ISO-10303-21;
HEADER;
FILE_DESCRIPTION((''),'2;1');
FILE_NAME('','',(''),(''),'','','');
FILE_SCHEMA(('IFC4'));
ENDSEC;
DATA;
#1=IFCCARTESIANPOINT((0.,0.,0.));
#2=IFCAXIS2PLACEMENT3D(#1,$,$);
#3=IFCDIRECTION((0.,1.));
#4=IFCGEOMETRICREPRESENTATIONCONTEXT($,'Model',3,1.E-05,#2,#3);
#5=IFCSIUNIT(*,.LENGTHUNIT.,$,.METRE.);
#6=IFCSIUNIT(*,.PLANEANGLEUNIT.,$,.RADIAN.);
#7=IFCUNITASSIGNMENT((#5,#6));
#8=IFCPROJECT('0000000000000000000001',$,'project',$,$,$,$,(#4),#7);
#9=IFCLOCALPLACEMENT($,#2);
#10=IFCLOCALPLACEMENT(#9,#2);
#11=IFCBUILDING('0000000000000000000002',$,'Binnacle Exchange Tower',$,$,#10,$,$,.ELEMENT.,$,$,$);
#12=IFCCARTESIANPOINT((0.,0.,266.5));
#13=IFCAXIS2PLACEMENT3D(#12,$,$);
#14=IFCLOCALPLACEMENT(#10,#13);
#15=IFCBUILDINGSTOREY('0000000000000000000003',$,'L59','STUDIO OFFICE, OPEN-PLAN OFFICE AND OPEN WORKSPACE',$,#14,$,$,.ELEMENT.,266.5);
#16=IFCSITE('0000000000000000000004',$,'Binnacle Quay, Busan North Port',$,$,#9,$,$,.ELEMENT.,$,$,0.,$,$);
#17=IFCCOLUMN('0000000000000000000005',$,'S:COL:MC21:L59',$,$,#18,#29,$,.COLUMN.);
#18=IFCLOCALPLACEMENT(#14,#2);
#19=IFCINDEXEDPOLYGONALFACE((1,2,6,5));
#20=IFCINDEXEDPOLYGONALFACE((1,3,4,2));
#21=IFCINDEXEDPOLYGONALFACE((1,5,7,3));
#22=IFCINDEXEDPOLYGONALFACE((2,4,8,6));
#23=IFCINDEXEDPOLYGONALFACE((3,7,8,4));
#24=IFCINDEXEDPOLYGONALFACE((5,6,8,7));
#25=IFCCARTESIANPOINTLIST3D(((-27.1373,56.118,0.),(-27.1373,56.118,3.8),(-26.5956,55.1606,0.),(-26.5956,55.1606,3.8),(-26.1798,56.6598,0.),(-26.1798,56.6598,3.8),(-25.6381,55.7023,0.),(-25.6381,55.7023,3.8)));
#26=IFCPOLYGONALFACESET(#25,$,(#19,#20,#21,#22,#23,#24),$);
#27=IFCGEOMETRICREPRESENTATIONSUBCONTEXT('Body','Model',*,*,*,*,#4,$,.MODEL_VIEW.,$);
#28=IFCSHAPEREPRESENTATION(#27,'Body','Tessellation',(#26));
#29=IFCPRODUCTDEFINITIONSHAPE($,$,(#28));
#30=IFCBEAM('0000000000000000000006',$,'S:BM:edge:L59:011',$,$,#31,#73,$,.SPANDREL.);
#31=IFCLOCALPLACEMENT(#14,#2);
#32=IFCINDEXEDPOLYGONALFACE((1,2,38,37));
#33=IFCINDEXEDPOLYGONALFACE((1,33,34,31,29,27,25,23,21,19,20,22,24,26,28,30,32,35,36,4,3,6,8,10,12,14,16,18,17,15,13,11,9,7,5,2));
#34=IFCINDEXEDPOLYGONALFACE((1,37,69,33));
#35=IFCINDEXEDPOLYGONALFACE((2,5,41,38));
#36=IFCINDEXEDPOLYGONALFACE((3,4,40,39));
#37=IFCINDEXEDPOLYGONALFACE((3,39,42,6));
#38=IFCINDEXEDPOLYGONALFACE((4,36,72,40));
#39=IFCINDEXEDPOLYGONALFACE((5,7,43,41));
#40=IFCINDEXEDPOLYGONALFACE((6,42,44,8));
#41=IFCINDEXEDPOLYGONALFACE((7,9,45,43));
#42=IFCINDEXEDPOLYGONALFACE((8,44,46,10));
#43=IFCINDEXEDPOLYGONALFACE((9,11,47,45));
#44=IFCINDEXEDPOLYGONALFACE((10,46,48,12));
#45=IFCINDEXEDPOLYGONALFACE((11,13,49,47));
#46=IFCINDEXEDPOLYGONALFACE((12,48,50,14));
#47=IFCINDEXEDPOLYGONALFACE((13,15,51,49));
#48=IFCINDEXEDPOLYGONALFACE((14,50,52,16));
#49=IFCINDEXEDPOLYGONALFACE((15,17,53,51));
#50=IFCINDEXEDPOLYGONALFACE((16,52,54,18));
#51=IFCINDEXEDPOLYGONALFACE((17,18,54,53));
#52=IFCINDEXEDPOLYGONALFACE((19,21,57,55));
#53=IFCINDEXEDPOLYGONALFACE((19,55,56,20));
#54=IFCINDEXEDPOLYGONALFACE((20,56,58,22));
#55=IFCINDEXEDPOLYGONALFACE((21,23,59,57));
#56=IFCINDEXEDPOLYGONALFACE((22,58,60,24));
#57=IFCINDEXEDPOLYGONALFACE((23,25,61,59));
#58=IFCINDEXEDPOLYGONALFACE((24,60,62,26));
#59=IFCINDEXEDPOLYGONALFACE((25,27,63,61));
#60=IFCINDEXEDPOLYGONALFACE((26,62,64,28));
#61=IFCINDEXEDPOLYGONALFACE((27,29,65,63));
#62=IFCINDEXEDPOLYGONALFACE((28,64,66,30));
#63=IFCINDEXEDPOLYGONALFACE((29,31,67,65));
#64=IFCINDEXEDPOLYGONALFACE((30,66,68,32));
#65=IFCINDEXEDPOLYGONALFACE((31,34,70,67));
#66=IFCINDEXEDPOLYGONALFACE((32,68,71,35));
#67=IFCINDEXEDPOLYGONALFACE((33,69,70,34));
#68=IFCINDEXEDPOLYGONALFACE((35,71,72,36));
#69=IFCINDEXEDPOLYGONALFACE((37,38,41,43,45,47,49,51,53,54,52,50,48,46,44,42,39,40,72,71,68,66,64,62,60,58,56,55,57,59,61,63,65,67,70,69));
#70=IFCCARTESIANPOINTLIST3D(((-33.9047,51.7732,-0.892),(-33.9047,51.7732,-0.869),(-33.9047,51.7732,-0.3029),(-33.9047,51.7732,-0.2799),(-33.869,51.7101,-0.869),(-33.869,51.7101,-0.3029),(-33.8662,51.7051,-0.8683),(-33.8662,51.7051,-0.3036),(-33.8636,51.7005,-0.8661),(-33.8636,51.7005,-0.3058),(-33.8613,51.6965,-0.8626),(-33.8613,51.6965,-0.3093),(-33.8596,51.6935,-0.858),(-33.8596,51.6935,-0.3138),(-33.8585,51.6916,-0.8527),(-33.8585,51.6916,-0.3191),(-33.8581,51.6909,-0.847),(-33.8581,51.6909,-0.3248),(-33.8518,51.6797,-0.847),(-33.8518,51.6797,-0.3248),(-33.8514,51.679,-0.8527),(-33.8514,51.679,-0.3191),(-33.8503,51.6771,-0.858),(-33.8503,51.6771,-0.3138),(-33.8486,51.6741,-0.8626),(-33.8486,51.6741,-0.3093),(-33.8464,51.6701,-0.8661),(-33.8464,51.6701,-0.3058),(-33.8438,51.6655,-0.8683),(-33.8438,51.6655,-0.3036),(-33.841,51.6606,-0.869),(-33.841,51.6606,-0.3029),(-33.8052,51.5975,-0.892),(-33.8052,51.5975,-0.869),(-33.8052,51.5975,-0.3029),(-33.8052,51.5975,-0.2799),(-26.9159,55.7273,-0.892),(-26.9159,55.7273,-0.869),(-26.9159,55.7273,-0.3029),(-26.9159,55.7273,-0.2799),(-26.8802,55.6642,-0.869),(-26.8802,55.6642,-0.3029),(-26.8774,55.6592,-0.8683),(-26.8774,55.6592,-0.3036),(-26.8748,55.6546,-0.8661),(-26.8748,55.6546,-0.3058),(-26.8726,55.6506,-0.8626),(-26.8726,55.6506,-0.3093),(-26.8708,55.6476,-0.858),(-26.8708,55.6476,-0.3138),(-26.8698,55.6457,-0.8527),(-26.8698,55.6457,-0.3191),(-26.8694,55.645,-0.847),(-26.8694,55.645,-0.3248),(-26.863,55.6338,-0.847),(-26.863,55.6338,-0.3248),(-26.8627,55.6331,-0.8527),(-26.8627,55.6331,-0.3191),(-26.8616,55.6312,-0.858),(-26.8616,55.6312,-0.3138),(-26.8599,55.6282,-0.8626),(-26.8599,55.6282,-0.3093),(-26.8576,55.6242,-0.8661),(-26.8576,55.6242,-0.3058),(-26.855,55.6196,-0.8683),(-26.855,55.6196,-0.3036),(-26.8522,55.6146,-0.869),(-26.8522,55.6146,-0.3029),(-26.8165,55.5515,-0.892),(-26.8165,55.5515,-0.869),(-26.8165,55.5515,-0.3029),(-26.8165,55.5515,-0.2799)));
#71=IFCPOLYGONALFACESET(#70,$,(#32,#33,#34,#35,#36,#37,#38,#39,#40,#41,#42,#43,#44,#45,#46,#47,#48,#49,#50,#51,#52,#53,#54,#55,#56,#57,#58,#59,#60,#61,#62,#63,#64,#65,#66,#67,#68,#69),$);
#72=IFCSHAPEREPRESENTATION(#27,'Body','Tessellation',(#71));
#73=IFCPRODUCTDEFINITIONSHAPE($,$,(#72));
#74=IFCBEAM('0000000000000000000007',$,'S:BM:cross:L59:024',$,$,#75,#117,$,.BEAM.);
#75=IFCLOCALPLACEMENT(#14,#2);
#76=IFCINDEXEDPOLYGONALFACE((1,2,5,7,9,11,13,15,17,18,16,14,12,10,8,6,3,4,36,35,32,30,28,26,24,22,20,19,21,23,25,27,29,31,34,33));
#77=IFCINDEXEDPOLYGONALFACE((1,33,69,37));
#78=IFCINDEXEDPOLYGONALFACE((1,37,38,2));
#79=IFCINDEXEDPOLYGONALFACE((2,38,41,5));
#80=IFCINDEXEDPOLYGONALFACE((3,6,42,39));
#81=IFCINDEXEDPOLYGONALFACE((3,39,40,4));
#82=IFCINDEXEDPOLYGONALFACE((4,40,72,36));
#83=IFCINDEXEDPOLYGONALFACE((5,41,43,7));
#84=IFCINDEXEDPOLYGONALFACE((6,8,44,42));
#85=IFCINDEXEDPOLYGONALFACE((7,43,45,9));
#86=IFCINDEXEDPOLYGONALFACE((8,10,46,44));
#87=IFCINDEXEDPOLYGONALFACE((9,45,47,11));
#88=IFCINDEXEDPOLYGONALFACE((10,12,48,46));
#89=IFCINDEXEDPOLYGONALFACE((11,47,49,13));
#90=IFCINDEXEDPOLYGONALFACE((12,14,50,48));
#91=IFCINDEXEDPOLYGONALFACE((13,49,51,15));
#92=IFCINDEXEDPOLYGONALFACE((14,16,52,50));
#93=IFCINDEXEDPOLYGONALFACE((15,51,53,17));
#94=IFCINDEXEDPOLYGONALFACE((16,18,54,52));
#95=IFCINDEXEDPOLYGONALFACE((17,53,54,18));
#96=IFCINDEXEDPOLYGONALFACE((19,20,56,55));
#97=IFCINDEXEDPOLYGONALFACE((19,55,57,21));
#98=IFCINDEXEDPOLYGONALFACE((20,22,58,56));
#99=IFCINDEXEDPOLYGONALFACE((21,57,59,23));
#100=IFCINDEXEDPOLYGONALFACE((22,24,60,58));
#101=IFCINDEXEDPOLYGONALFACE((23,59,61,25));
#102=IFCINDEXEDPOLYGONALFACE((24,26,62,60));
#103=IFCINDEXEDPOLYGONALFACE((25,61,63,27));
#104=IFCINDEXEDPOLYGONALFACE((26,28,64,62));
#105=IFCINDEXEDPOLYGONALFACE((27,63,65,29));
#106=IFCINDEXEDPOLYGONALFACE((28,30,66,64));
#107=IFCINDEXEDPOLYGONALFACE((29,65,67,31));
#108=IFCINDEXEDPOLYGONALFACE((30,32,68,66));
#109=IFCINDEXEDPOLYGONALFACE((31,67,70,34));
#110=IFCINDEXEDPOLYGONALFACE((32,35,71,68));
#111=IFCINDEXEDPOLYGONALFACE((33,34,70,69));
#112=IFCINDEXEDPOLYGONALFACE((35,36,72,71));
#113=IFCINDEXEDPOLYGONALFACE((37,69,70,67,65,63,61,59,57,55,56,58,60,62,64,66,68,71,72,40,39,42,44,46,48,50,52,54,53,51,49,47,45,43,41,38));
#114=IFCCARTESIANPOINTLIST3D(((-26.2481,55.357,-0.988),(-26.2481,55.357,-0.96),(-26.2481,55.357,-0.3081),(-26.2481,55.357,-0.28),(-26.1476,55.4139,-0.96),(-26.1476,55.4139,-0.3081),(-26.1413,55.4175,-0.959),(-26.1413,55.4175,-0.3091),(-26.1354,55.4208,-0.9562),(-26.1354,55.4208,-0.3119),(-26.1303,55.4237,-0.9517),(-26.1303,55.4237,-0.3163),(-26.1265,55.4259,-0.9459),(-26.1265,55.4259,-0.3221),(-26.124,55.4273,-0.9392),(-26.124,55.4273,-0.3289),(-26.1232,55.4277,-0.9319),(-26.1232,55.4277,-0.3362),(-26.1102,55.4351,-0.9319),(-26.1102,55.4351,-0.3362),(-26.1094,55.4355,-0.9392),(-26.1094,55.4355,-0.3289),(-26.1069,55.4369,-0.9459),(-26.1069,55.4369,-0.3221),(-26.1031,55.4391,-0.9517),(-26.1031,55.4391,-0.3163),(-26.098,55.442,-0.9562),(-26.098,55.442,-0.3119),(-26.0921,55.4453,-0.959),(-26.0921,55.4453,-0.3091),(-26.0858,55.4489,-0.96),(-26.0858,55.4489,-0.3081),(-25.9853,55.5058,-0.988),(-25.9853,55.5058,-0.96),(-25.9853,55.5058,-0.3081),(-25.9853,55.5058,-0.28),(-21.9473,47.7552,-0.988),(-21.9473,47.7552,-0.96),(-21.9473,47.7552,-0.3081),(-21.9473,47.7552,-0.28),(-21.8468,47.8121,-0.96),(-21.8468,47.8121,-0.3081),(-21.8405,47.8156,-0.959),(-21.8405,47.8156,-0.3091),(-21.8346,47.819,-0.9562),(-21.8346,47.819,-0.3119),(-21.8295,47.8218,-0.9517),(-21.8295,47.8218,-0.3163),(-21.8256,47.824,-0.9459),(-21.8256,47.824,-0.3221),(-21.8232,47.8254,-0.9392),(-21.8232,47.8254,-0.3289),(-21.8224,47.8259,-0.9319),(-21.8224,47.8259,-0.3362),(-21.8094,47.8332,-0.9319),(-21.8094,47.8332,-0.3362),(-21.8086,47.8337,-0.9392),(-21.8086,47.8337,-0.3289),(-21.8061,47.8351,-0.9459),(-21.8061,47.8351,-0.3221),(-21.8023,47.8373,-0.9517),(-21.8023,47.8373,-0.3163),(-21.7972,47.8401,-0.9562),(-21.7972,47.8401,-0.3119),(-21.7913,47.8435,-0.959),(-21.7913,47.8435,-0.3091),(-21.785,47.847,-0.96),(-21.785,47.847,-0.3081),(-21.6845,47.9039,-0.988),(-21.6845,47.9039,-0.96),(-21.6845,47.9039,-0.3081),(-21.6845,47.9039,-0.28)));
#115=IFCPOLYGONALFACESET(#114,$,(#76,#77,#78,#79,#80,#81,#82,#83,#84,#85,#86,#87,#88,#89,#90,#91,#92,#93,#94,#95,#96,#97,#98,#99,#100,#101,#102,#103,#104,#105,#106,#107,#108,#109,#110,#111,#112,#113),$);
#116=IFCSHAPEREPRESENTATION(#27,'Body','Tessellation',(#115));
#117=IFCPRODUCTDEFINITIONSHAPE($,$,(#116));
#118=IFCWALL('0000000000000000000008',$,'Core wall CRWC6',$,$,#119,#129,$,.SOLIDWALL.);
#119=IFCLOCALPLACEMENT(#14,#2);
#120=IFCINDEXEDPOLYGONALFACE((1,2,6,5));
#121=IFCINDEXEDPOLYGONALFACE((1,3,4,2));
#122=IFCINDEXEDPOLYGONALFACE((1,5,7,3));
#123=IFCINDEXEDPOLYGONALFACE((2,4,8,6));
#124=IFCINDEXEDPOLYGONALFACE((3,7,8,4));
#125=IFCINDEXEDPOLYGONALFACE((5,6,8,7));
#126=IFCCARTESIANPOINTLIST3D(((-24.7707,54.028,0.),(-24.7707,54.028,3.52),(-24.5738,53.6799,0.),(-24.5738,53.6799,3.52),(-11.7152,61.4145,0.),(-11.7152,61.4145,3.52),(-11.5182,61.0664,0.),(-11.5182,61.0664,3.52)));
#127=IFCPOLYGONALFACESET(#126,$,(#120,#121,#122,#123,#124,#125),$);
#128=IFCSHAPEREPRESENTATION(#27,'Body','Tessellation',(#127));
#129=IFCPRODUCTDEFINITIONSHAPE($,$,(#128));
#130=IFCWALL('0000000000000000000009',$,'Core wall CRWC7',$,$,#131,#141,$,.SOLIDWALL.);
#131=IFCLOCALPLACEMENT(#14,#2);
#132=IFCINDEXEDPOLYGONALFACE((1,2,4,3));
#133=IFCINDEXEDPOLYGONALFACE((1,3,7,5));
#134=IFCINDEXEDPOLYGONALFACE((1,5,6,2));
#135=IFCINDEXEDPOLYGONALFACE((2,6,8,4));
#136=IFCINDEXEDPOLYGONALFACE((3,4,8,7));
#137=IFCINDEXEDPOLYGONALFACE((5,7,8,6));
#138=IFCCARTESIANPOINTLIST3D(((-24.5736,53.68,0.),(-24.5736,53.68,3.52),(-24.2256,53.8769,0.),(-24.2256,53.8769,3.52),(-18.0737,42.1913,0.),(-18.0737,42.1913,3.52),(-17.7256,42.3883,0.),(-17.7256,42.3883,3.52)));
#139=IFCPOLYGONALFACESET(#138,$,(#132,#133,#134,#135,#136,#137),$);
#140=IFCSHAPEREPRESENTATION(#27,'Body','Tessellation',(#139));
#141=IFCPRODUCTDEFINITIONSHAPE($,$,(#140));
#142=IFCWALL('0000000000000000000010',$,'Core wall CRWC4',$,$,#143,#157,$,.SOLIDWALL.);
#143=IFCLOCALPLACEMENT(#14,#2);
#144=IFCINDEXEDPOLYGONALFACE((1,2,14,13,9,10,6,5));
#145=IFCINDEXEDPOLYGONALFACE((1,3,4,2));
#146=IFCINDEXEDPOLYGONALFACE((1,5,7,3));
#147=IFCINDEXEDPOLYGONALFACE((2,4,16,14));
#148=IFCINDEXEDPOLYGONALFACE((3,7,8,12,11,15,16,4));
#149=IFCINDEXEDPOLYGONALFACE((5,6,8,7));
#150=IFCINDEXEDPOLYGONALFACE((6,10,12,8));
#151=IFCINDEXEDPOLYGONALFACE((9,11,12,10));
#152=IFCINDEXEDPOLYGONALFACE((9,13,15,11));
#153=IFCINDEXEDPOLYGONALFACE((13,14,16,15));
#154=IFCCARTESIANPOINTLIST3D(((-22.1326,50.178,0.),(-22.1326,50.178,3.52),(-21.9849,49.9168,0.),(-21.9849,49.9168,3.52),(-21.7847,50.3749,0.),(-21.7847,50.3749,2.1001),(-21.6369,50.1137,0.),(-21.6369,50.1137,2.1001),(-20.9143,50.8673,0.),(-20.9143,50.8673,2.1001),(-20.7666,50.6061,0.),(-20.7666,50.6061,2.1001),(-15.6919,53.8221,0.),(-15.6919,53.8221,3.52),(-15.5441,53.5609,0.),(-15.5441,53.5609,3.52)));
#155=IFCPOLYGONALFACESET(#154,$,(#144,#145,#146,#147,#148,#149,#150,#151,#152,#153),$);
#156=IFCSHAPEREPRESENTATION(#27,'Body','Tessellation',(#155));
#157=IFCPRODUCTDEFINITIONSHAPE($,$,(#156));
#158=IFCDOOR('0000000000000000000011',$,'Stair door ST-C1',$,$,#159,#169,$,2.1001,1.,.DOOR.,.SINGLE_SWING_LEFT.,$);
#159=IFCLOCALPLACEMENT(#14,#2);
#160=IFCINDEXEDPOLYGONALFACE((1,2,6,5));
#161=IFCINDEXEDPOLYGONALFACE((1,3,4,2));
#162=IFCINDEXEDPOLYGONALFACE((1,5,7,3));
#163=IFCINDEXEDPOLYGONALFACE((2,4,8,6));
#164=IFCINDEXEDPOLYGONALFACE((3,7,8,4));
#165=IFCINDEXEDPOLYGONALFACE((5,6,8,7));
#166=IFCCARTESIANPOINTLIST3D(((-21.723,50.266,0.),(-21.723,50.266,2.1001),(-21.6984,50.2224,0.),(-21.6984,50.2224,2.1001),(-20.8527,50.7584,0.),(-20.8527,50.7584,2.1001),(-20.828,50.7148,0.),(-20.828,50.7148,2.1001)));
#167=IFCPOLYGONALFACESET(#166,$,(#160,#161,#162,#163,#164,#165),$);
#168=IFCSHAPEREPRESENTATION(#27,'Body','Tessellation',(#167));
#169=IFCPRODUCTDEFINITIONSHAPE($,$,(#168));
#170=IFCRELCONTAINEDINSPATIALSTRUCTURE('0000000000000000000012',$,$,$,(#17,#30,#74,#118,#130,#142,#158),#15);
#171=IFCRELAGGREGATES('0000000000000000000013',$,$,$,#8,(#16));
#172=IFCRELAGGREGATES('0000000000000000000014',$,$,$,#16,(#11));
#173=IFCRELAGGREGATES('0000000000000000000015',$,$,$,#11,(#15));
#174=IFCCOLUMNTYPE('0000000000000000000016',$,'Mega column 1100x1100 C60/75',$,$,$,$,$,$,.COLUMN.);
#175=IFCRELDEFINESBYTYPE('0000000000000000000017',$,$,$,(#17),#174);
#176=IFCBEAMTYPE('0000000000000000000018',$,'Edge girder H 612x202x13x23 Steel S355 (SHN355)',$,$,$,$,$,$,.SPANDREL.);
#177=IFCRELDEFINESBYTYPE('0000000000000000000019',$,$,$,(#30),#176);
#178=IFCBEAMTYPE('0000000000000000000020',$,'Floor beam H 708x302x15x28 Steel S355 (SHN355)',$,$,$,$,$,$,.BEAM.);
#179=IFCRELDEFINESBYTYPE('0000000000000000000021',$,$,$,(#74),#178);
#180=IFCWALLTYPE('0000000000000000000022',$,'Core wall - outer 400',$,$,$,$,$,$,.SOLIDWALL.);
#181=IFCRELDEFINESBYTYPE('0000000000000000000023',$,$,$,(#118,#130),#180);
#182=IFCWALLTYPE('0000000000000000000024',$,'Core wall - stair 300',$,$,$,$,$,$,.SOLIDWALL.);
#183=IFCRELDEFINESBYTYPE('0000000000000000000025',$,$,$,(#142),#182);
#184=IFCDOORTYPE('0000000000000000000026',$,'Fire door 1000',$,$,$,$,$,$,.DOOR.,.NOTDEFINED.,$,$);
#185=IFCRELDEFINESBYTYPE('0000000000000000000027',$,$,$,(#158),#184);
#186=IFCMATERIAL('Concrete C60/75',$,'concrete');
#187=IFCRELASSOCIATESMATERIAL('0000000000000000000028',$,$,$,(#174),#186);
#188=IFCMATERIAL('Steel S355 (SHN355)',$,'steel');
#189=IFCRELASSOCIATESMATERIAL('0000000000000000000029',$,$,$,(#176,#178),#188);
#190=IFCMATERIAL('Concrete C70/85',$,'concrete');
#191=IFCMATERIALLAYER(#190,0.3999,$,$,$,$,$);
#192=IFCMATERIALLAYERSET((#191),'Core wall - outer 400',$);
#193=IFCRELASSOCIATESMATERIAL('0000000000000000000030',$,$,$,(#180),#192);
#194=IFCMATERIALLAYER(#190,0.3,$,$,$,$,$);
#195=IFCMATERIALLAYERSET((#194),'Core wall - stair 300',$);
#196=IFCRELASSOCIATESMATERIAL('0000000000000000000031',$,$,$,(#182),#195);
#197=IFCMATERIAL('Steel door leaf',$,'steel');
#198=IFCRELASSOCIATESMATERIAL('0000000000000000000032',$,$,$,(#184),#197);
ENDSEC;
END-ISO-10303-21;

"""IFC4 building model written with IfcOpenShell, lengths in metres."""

from ifc_helpers import new_model, si_unit, direction, frame, frame_2d, origin, origin_2d, place, context, subcontext, project, spatial, rectangle, i_section, extrude, material, layer, layer_set, material_profile, profile_set, type_object, element, fill, save


model = new_model("IFC4")

# Units and contexts
model_context = context("Model", 3, precision=1e-05, world=origin(), true_north=direction((0.0, 1.0)))
body_context = subcontext(model_context, "Body", "Model", "MODEL_VIEW")
ifc_project = project(units=[si_unit("LENGTHUNIT", "METRE"), si_unit("PLANEANGLEUNIT", "RADIAN")], contexts=[model_context])

# Site, building, storey
site_placement = place(None, origin())
site = spatial("IfcSite", under=ifc_project, at=site_placement, Name="Binnacle Quay, Busan North Port", CompositionType="ELEMENT", RefElevation=0.0)
building_placement = place(site_placement, origin())
building = spatial("IfcBuilding", under=site, at=building_placement, Name="Binnacle Exchange Tower", CompositionType="ELEMENT")
storey_placement = place(building_placement, frame((0.0, 0.0, 266.5)))
storey = spatial("IfcBuildingStorey", under=building, at=storey_placement, Name="L59", Description="STUDIO OFFICE, OPEN-PLAN OFFICE AND OPEN WORKSPACE", CompositionType="ELEMENT", Elevation=266.5)

# Column
ifc_material_1 = material(Name="Concrete C60/75", Category="concrete")
ifc_material_profile_1 = material_profile(ifc_material_1, rectangle(XDim=1.1001, YDim=1.1001, at=origin_2d()), Name="Mega column 1100x1100 C60/75")
ifc_profile_set_1 = profile_set([ifc_material_profile_1], Name="Concrete C60/75")
column_type = type_object("IfcColumnType", Name="Mega column 1100x1100 C60/75", PredefinedType="COLUMN", material=ifc_profile_set_1)
column_placement = place(storey_placement, frame((-26.3877, 55.9102, 0.0), z_axis=(0.0, 0.0, 1.0), x_axis=(-0.870356, -0.492424, 0.0)))
element("IfcColumn", 1, at=column_placement, inside=storey, type_object=column_type, Name="S:COL:MC21:L59", PredefinedType="COLUMN", context=body_context, shape_type="SweptSolid", body=[
    extrude(rectangle(XDim=1.1001, YDim=1.1001, at=origin_2d()), origin(), (0.0, 0.0, 1.0), 3.8),
])

# Beams
ifc_material_2 = material(Name="Steel S355 (SHN355)", Category="steel")
ifc_material_profile_2 = material_profile(ifc_material_2, i_section(OverallWidth=0.2019, OverallDepth=0.6121, WebThickness=0.0129, FlangeThickness=0.0229, FilletRadius=0.022, at=origin_2d()), Name="H 612x202x13x23")
ifc_profile_set_2 = profile_set([ifc_material_profile_2], Name="Steel S355 (SHN355)")
beam_type_1 = type_object("IfcBeamType", Name="Edge girder H 612x202x13x23 Steel S355 (SHN355)", PredefinedType="SPANDREL", material=ifc_profile_set_2)
beam_1_placement = place(storey_placement, frame((-26.8662, 55.6394, -0.5859), z_axis=(-0.870353, -0.492428, 0.0), x_axis=(0.492428, -0.870353, 0.0)))
element("IfcBeam", 2, at=beam_1_placement, inside=storey, type_object=beam_type_1, Name="S:BM:edge:L59:011", PredefinedType="SPANDREL", context=body_context, shape_type="SweptSolid", body=[
    extrude(i_section(OverallWidth=0.2019, OverallDepth=0.6121, WebThickness=0.0129, FlangeThickness=0.0229, FilletRadius=0.022, at=origin_2d()), origin(), (0.0, 0.0, 1.0), 8.0298),
])
ifc_material_profile_3 = material_profile(ifc_material_2, i_section(OverallWidth=0.302, OverallDepth=0.708, WebThickness=0.0149, FlangeThickness=0.0281, FilletRadius=0.0281, at=origin_2d()), Name="H 708x302x15x28")
ifc_profile_set_3 = profile_set([ifc_material_profile_3], Name="Steel S355 (SHN355)")
beam_type_2 = type_object("IfcBeamType", Name="Floor beam H 708x302x15x28 Steel S355 (SHN355)", PredefinedType="BEAM", material=ifc_profile_set_3)
beam_2_placement = place(storey_placement, frame((-26.1167, 55.4314, -0.634), z_axis=(0.492414, -0.870361, 0.0), x_axis=(0.870361, 0.492414, 0.0)))
element("IfcBeam", 3, at=beam_2_placement, inside=storey, type_object=beam_type_2, Name="S:BM:cross:L59:024", PredefinedType="BEAM", context=body_context, shape_type="SweptSolid", body=[
    extrude(i_section(OverallWidth=0.302, OverallDepth=0.708, WebThickness=0.0149, FlangeThickness=0.0281, FilletRadius=0.0281, at=origin_2d()), origin(), (0.0, 0.0, 1.0), 8.7341),
])

# Walls
ifc_material_3 = material(Name="Concrete C70/85", Category="concrete")
ifc_layer_1 = layer(ifc_material_3, 0.3999)
ifc_layer_set_1 = layer_set([ifc_layer_1], Name="Core wall - outer 400")
wall_type_1 = type_object("IfcWallType", Name="Core wall - outer 400", PredefinedType="SOLIDWALL", material=ifc_layer_set_1)
wall_1_placement = place(storey_placement, frame((-24.6721, 53.854, 0.0), z_axis=(0.0, 0.0, 1.0), x_axis=(0.870354, 0.492427, 0.0)))
element("IfcWall", 4, at=wall_1_placement, inside=storey, type_object=wall_type_1, Name="Core wall CRWC6", PredefinedType="SOLIDWALL", context=body_context, shape_type="SweptSolid", body=[
    extrude(rectangle(XDim=15.0002, YDim=0.3999, at=frame_2d((7.5, 0.0))), origin(), (0.0, 0.0, 1.0), 3.52),
])
wall_2_placement = place(storey_placement, frame((-24.3997, 53.7786, 0.0), z_axis=(0.0, 0.0, 1.0), x_axis=(0.492422, -0.870357, 0.0)))
element("IfcWall", 5, at=wall_2_placement, inside=storey, type_object=wall_type_1, Name="Core wall CRWC7", PredefinedType="SOLIDWALL", context=body_context, shape_type="SweptSolid", body=[
    extrude(rectangle(XDim=13.2, YDim=0.3999, at=frame_2d((6.6001, 0.0))), origin(), (0.0, 0.0, 1.0), 3.52),
])

# Wall, opening, door
ifc_layer_2 = layer(ifc_material_3, 0.3)
ifc_layer_set_2 = layer_set([ifc_layer_2], Name="Core wall - stair 300")
wall_type_2 = type_object("IfcWallType", Name="Core wall - stair 300", PredefinedType="SOLIDWALL", material=ifc_layer_set_2)
wall_3_placement = place(storey_placement, frame((-22.0588, 50.0474, 0.0), z_axis=(0.0, 0.0, 1.0), x_axis=(0.870351, 0.492432, 0.0)))
wall_3 = element("IfcWall", 6, at=wall_3_placement, inside=storey, type_object=wall_type_2, Name="Core wall CRWC4", PredefinedType="SOLIDWALL", context=body_context, shape_type="SweptSolid", body=[
    extrude(rectangle(XDim=7.4001, YDim=0.3, at=frame_2d((3.7002, 0.0))), origin(), (0.0, 0.0, 1.0), 3.52),
])
opening_1_placement = place(wall_3_placement, frame((0.3999, 0.0, 0.0)))
opening_1 = element("IfcOpeningElement", 7, at=opening_1_placement, cuts=wall_3, PredefinedType="OPENING", context=body_context, shape_type="SweptSolid", body=[
    extrude(rectangle(XDim=1.0, YDim=2.1001, at=frame_2d((0.5, 1.05))), frame((0.0, 0.1599, 0.0), z_axis=(0.0, -1.0, 0.0), x_axis=(1.0, 0.0, 0.0)), (0.0, 0.0, 1.0), 0.3201),
])
ifc_material_4 = material(Name="Steel door leaf", Category="steel")
door_type_1 = type_object("IfcDoorType", Name="Fire door 1000", OperationType="NOTDEFINED", PredefinedType="DOOR", material=ifc_material_4)
door_1_placement = place(opening_1_placement, origin())
door_1 = element("IfcDoor", 8, at=door_1_placement, inside=storey, type_object=door_type_1, Name="Stair door ST-C1", OperationType="SINGLE_SWING_LEFT", OverallHeight=2.1001, OverallWidth=1.0, PredefinedType="DOOR", context=body_context, shape_type="SweptSolid", body=[
    extrude(rectangle(XDim=1.0, YDim=2.1001, at=frame_2d((0.5, 1.05))), frame((0.0, 0.0249, 0.0), z_axis=(0.0, -1.0, 0.0), x_axis=(1.0, 0.0, 0.0)), (0.0, 0.0, 1.0), 0.05),
])
fill(opening_1, door_1)

save(model, "model.ifc")
